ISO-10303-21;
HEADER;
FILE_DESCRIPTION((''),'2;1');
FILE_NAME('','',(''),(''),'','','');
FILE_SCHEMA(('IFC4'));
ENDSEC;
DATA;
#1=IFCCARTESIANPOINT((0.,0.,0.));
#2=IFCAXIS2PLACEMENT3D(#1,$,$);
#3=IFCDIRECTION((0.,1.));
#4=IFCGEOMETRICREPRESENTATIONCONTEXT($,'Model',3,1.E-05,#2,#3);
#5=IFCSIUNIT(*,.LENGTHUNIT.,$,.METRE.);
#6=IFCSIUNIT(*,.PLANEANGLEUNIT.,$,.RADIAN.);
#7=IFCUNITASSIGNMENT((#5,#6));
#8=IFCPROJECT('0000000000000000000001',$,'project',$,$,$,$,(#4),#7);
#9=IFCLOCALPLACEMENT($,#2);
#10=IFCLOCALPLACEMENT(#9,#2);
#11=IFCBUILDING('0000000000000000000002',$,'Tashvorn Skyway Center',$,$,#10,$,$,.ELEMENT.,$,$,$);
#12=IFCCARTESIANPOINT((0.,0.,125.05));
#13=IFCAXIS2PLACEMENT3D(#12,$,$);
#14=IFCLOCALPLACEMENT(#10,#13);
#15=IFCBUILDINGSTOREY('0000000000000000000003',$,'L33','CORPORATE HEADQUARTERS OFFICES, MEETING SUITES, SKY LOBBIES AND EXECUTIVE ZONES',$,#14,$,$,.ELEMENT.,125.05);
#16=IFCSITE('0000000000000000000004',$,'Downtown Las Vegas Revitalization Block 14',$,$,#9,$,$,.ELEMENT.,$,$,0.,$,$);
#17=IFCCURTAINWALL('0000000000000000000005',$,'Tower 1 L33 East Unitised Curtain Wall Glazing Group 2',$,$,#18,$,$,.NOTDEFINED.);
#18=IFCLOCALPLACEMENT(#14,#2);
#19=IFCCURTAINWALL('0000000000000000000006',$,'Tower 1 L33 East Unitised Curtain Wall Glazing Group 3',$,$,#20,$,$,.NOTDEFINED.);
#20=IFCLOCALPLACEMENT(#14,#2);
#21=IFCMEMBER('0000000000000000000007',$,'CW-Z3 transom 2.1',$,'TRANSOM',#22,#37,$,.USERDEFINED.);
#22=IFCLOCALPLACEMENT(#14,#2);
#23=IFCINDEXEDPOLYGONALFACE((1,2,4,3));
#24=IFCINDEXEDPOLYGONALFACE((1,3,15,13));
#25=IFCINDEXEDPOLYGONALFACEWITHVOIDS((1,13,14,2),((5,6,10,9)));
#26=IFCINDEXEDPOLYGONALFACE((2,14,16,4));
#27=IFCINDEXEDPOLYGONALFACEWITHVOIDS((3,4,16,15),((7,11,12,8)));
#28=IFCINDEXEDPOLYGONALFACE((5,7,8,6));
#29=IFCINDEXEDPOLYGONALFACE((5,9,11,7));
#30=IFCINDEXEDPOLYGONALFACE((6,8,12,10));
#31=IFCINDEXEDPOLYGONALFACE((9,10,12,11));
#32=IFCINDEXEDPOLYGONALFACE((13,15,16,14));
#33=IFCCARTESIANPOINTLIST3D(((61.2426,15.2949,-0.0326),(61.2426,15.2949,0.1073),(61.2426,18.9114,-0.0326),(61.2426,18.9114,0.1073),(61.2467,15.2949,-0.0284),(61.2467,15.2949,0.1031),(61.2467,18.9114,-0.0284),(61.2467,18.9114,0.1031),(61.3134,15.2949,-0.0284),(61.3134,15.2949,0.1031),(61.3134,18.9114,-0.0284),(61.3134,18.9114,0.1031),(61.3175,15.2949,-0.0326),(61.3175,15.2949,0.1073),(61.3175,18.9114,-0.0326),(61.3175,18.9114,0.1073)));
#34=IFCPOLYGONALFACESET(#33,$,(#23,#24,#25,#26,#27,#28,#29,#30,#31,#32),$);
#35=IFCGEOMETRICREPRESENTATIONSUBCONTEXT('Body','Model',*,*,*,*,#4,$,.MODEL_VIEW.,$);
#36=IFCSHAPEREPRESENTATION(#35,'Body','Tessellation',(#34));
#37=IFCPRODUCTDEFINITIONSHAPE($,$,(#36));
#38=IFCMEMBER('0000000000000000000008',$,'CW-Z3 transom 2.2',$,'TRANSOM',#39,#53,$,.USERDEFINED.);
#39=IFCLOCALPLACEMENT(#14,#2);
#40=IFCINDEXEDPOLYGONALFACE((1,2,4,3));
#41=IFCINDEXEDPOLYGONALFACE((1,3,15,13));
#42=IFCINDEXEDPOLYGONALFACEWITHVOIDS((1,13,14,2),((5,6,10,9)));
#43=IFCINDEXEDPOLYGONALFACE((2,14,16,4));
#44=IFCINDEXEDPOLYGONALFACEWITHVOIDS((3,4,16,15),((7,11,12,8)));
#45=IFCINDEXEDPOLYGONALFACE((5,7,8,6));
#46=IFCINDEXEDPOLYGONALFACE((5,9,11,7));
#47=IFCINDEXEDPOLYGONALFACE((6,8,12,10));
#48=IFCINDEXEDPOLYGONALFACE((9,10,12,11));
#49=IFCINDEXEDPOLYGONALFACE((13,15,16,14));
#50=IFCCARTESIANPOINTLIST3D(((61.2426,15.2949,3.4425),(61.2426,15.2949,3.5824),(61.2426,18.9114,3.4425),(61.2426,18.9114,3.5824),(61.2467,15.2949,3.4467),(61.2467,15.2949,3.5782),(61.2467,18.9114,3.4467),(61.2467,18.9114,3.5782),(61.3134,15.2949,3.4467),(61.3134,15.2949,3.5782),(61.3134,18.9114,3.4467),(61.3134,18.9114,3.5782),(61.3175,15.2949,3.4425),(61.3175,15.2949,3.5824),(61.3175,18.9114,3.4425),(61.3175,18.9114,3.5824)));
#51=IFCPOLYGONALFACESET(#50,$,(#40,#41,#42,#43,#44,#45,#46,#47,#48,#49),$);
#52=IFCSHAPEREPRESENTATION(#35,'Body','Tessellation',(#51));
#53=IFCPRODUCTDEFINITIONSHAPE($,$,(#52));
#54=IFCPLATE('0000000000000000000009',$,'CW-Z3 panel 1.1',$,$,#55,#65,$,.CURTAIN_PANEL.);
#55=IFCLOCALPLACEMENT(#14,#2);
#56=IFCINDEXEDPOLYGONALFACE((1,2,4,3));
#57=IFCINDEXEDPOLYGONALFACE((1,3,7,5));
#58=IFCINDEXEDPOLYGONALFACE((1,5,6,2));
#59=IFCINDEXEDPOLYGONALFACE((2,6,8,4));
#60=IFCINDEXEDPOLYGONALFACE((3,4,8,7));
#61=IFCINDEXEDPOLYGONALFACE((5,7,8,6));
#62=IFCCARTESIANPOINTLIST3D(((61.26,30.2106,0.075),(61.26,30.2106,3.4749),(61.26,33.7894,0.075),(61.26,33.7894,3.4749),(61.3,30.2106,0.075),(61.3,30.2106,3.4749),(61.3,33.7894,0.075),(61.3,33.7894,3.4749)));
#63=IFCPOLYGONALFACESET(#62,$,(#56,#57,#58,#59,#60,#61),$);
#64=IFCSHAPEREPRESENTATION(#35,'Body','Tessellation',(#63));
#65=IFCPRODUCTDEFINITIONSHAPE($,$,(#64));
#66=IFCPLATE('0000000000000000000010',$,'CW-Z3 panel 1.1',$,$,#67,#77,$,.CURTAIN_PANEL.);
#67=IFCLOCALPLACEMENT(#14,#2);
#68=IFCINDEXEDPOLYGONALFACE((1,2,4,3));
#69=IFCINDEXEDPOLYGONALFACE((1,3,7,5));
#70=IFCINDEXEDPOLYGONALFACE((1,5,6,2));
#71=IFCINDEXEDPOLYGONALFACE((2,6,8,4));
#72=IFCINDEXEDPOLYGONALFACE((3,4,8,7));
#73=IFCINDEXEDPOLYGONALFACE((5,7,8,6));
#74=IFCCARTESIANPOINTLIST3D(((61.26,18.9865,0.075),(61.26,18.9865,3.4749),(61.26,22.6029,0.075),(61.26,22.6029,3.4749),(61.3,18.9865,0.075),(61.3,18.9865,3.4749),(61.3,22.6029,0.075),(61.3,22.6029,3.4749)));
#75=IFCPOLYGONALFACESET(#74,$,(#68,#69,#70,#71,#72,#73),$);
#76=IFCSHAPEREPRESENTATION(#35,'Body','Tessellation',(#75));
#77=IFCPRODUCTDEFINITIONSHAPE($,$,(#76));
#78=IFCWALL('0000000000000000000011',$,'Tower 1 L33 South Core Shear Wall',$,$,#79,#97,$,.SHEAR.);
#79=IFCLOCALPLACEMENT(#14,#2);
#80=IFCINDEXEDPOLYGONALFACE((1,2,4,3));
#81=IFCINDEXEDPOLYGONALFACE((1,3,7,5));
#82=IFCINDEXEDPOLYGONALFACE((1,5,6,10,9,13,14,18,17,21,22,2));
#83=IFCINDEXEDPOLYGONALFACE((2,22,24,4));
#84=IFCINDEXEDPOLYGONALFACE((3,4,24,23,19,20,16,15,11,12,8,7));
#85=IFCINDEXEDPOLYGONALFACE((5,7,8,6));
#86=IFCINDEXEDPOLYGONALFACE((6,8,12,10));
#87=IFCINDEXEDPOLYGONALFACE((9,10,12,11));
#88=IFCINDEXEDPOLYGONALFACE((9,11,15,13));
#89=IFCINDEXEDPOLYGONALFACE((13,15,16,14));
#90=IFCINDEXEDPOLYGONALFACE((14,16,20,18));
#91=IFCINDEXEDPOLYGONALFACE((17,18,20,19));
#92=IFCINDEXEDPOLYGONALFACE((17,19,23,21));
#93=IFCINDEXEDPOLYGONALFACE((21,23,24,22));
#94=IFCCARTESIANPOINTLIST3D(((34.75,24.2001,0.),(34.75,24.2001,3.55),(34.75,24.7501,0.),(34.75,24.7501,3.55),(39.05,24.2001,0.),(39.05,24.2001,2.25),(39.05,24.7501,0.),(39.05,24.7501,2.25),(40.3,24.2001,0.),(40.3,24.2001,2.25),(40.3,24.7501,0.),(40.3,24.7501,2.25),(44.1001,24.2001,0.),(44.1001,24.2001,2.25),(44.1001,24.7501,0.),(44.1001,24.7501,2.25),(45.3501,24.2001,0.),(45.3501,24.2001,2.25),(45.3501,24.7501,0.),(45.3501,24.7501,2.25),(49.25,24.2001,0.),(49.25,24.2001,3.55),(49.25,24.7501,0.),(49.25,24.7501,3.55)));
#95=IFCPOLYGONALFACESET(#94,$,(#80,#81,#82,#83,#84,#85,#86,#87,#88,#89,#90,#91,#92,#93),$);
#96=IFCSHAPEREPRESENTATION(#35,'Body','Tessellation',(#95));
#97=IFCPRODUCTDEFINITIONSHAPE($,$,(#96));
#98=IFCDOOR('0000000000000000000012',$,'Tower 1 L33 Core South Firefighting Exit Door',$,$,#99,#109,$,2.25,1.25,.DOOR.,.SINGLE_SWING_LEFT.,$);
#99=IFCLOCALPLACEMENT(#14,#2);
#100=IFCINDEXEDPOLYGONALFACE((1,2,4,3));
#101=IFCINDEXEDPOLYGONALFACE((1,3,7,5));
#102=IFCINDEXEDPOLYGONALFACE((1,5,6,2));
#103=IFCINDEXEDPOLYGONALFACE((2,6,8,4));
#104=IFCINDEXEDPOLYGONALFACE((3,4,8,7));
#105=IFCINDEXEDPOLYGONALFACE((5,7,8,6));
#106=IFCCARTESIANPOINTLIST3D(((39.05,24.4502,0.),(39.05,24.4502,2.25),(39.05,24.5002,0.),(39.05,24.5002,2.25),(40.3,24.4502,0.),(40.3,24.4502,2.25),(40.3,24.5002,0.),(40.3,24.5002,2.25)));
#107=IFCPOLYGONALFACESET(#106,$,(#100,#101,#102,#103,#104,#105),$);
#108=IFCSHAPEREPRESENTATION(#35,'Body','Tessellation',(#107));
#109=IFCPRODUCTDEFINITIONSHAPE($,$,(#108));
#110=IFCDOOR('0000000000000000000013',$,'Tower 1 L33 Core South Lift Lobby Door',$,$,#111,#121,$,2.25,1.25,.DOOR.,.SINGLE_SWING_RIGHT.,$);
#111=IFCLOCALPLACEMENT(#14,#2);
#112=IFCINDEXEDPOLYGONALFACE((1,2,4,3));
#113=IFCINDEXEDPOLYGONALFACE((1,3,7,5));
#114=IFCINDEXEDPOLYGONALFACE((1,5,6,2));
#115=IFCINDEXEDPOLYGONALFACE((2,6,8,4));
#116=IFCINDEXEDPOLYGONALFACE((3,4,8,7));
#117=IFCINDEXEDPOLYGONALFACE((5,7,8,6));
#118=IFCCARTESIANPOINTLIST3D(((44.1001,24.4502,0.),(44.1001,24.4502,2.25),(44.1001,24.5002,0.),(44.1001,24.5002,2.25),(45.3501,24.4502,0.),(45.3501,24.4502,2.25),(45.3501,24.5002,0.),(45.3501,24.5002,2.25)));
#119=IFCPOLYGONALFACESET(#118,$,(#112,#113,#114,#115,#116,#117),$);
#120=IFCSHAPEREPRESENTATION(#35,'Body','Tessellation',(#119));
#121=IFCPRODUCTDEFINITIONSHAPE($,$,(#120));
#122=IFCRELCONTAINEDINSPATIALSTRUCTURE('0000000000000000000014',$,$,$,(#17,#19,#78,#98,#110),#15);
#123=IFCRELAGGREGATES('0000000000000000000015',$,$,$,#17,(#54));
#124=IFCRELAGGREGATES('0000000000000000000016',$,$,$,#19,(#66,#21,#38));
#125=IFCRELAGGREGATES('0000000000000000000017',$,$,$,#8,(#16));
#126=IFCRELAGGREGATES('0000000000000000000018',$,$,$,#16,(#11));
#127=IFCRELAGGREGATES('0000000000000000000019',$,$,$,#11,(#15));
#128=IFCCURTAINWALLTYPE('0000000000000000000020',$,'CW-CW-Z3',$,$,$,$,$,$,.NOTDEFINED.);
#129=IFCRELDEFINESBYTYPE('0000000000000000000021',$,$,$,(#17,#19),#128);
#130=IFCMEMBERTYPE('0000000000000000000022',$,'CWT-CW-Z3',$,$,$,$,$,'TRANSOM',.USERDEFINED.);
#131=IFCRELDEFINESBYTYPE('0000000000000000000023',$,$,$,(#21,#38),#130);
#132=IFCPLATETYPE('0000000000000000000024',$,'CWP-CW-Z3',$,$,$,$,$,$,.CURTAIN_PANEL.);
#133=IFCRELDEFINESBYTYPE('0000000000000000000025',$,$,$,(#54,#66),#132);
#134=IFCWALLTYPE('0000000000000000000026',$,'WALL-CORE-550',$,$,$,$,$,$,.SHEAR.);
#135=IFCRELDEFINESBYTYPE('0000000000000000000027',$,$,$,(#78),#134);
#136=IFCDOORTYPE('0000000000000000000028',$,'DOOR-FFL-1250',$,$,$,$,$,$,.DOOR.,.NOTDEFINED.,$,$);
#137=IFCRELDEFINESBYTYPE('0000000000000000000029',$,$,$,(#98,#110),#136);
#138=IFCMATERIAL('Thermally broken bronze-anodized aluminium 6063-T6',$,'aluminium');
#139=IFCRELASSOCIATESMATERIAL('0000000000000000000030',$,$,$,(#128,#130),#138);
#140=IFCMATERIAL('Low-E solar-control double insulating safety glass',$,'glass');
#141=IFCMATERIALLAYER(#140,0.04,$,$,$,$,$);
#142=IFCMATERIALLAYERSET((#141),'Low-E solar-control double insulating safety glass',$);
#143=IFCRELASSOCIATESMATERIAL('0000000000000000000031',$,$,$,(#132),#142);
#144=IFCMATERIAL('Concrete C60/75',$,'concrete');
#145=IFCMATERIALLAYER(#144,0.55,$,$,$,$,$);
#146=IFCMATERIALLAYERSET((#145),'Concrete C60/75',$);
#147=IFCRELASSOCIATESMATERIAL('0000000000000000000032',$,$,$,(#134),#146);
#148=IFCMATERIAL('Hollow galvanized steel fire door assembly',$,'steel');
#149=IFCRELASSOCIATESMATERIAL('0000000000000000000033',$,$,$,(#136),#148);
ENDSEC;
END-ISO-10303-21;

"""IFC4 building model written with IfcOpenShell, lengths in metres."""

from ifc_helpers import new_model, si_unit, direction, frame, frame_2d, origin, origin_2d, place, context, subcontext, project, spatial, rectangle, hollow_rectangle, extrude, material, layer, layer_set, material_profile, profile_set, type_object, element, fill, aggregate, save


model = new_model("IFC4")

# Units and contexts
model_context = context("Model", 3, precision=1e-05, world=origin(), true_north=direction((0.0, 1.0)))
body_context = subcontext(model_context, "Body", "Model", "MODEL_VIEW")
ifc_project = project(units=[si_unit("LENGTHUNIT", "METRE"), si_unit("PLANEANGLEUNIT", "RADIAN")], contexts=[model_context])

# Site, building, storey
site_placement = place(None, origin())
site = spatial("IfcSite", under=ifc_project, at=site_placement, Name="Downtown Las Vegas Revitalization Block 14", CompositionType="ELEMENT", RefElevation=0.0)
building_placement = place(site_placement, origin())
building = spatial("IfcBuilding", under=site, at=building_placement, Name="Tashvorn Skyway Center", CompositionType="ELEMENT")
storey_placement = place(building_placement, frame((0.0, 0.0, 125.05)))
storey = spatial("IfcBuildingStorey", under=building, at=storey_placement, Name="L33", Description="CORPORATE HEADQUARTERS OFFICES, MEETING SUITES, SKY LOBBIES AND EXECUTIVE ZONES", CompositionType="ELEMENT", Elevation=125.05)

# Curtain wall
ifc_material_1 = material(Name="Thermally broken bronze-anodized aluminium 6063-T6", Category="aluminium")
curtain_wall_type = type_object("IfcCurtainWallType", Name="CW-CW-Z3", PredefinedType="NOTDEFINED", material=ifc_material_1)
curtain_wall_1_placement = place(storey_placement, origin())
curtain_wall_1 = element("IfcCurtainWall", 1, at=curtain_wall_1_placement, inside=storey, type_object=curtain_wall_type, Name="Tower 1 L33 East Unitised Curtain Wall Glazing Group 2", PredefinedType="NOTDEFINED")

# Curtain wall, members
curtain_wall_2_placement = place(storey_placement, origin())
curtain_wall_2 = element("IfcCurtainWall", 2, at=curtain_wall_2_placement, inside=storey, type_object=curtain_wall_type, Name="Tower 1 L33 East Unitised Curtain Wall Glazing Group 3", PredefinedType="NOTDEFINED")
ifc_material_profile_1 = material_profile(ifc_material_1, hollow_rectangle(XDim=0.075, YDim=0.1399, WallThickness=0.0042, at=origin_2d()), Name="ALU-TRAN-75x140")
ifc_profile_set_1 = profile_set([ifc_material_profile_1], Name="Thermally broken bronze-anodized aluminium 6063-T6")
member_type_1 = type_object("IfcMemberType", Name="CWT-CW-Z3", ElementType="TRANSOM", PredefinedType="USERDEFINED", material=ifc_profile_set_1)
member_1_placement = place(storey_placement, frame((61.28, 18.9114, 0.0374), z_axis=(0.0, -1.0, 0.0), x_axis=(1.0, 0.0, 0.0)))
member_1 = element("IfcMember", 3, at=member_1_placement, type_object=member_type_1, Name="CW-Z3 transom 2.1", ObjectType="TRANSOM", PredefinedType="USERDEFINED", context=body_context, shape_type="SweptSolid", body=[
    extrude(hollow_rectangle(XDim=0.075, YDim=0.1399, WallThickness=0.0042, at=origin_2d()), origin(), (0.0, 0.0, 1.0), 3.6165),
])
member_2_placement = place(storey_placement, frame((61.28, 18.9114, 3.5125), z_axis=(0.0, -1.0, 0.0), x_axis=(1.0, 0.0, 0.0)))
member_2 = element("IfcMember", 4, at=member_2_placement, type_object=member_type_1, Name="CW-Z3 transom 2.2", ObjectType="TRANSOM", PredefinedType="USERDEFINED", context=body_context, shape_type="SweptSolid", body=[
    extrude(hollow_rectangle(XDim=0.075, YDim=0.1399, WallThickness=0.0042, at=origin_2d()), origin(), (0.0, 0.0, 1.0), 3.6165),
])

# Plates
ifc_material_2 = material(Name="Low-E solar-control double insulating safety glass", Category="glass")
ifc_layer_1 = layer(ifc_material_2, 0.04)
ifc_layer_set_1 = layer_set([ifc_layer_1], Name="Low-E solar-control double insulating safety glass")
plate_type = type_object("IfcPlateType", Name="CWP-CW-Z3", PredefinedType="CURTAIN_PANEL", material=ifc_layer_set_1)
plate_1_placement = place(storey_placement, frame((61.28, 32.0, 0.075), z_axis=(0.0, 0.0, 1.0), x_axis=(0.0, -1.0, 0.0)))
plate_1 = element("IfcPlate", 5, at=plate_1_placement, type_object=plate_type, Name="CW-Z3 panel 1.1", PredefinedType="CURTAIN_PANEL", context=body_context, shape_type="SweptSolid", body=[
    extrude(rectangle(XDim=3.5789, YDim=0.04, at=origin_2d()), origin(), (0.0, 0.0, 1.0), 3.3999),
])
aggregate(curtain_wall_1, [plate_1])
plate_2_placement = place(storey_placement, frame((61.28, 20.7947, 0.075), z_axis=(0.0, 0.0, 1.0), x_axis=(0.0, -1.0, 0.0)))
plate_2 = element("IfcPlate", 6, at=plate_2_placement, type_object=plate_type, Name="CW-Z3 panel 1.1", PredefinedType="CURTAIN_PANEL", context=body_context, shape_type="SweptSolid", body=[
    extrude(rectangle(XDim=3.6165, YDim=0.04, at=origin_2d()), origin(), (0.0, 0.0, 1.0), 3.3999),
])
aggregate(curtain_wall_2, [plate_2, member_1, member_2])

# Wall, openings, doors
ifc_material_3 = material(Name="Concrete C60/75", Category="concrete")
ifc_layer_2 = layer(ifc_material_3, 0.55)
ifc_layer_set_2 = layer_set([ifc_layer_2], Name="Concrete C60/75")
wall_type_1 = type_object("IfcWallType", Name="WALL-CORE-550", PredefinedType="SHEAR", material=ifc_layer_set_2)
wall_1_placement = place(storey_placement, frame((49.25, 24.4751, 0.0), z_axis=(0.0, 0.0, 1.0), x_axis=(-1.0, 0.0, 0.0)))
wall_1 = element("IfcWall", 7, at=wall_1_placement, inside=storey, type_object=wall_type_1, Name="Tower 1 L33 South Core Shear Wall", PredefinedType="SHEAR", context=body_context, shape_type="SweptSolid", body=[
    extrude(rectangle(XDim=14.5, YDim=0.55, at=frame_2d((7.25, 0.0))), origin(), (0.0, 0.0, 1.0), 3.55),
])
opening_1_placement = place(wall_1_placement, frame((8.95, 0.0, 0.0)))
opening_1 = element("IfcOpeningElement", 8, at=opening_1_placement, cuts=wall_1, PredefinedType="OPENING", context=body_context, shape_type="SweptSolid", body=[
    extrude(rectangle(XDim=1.25, YDim=2.25, at=frame_2d((0.625, 1.125))), frame((0.0, 0.2849, 0.0), z_axis=(0.0, -1.0, 0.0), x_axis=(1.0, 0.0, 0.0)), (0.0, 0.0, 1.0), 0.5701),
])
opening_2_placement = place(wall_1_placement, frame((3.8999, 0.0, 0.0)))
opening_2 = element("IfcOpeningElement", 9, at=opening_2_placement, cuts=wall_1, PredefinedType="OPENING", context=body_context, shape_type="SweptSolid", body=[
    extrude(rectangle(XDim=1.25, YDim=2.25, at=frame_2d((0.625, 1.125))), frame((0.0, 0.2849, 0.0), z_axis=(0.0, -1.0, 0.0), x_axis=(1.0, 0.0, 0.0)), (0.0, 0.0, 1.0), 0.5701),
])
ifc_material_4 = material(Name="Hollow galvanized steel fire door assembly", Category="steel")
door_type_1 = type_object("IfcDoorType", Name="DOOR-FFL-1250", OperationType="NOTDEFINED", PredefinedType="DOOR", material=ifc_material_4)
door_1_placement = place(opening_1_placement, origin())
door_1 = element("IfcDoor", 10, at=door_1_placement, inside=storey, type_object=door_type_1, Name="Tower 1 L33 Core South Firefighting Exit Door", OperationType="SINGLE_SWING_LEFT", OverallHeight=2.25, OverallWidth=1.25, PredefinedType="DOOR", context=body_context, shape_type="SweptSolid", body=[
    extrude(rectangle(XDim=1.25, YDim=2.25, at=frame_2d((0.625, 1.125))), frame((0.0, 0.0249, 0.0), z_axis=(0.0, -1.0, 0.0), x_axis=(1.0, 0.0, 0.0)), (0.0, 0.0, 1.0), 0.05),
])
fill(opening_1, door_1)
door_2_placement = place(opening_2_placement, origin())
door_2 = element("IfcDoor", 11, at=door_2_placement, inside=storey, type_object=door_type_1, Name="Tower 1 L33 Core South Lift Lobby Door", OperationType="SINGLE_SWING_RIGHT", OverallHeight=2.25, OverallWidth=1.25, PredefinedType="DOOR", context=body_context, shape_type="SweptSolid", body=[
    extrude(rectangle(XDim=1.25, YDim=2.25, at=frame_2d((0.625, 1.125))), frame((0.0, 0.0249, 0.0), z_axis=(0.0, -1.0, 0.0), x_axis=(1.0, 0.0, 0.0)), (0.0, 0.0, 1.0), 0.05),
])
fill(opening_2, door_2)

save(model, "model.ifc")
